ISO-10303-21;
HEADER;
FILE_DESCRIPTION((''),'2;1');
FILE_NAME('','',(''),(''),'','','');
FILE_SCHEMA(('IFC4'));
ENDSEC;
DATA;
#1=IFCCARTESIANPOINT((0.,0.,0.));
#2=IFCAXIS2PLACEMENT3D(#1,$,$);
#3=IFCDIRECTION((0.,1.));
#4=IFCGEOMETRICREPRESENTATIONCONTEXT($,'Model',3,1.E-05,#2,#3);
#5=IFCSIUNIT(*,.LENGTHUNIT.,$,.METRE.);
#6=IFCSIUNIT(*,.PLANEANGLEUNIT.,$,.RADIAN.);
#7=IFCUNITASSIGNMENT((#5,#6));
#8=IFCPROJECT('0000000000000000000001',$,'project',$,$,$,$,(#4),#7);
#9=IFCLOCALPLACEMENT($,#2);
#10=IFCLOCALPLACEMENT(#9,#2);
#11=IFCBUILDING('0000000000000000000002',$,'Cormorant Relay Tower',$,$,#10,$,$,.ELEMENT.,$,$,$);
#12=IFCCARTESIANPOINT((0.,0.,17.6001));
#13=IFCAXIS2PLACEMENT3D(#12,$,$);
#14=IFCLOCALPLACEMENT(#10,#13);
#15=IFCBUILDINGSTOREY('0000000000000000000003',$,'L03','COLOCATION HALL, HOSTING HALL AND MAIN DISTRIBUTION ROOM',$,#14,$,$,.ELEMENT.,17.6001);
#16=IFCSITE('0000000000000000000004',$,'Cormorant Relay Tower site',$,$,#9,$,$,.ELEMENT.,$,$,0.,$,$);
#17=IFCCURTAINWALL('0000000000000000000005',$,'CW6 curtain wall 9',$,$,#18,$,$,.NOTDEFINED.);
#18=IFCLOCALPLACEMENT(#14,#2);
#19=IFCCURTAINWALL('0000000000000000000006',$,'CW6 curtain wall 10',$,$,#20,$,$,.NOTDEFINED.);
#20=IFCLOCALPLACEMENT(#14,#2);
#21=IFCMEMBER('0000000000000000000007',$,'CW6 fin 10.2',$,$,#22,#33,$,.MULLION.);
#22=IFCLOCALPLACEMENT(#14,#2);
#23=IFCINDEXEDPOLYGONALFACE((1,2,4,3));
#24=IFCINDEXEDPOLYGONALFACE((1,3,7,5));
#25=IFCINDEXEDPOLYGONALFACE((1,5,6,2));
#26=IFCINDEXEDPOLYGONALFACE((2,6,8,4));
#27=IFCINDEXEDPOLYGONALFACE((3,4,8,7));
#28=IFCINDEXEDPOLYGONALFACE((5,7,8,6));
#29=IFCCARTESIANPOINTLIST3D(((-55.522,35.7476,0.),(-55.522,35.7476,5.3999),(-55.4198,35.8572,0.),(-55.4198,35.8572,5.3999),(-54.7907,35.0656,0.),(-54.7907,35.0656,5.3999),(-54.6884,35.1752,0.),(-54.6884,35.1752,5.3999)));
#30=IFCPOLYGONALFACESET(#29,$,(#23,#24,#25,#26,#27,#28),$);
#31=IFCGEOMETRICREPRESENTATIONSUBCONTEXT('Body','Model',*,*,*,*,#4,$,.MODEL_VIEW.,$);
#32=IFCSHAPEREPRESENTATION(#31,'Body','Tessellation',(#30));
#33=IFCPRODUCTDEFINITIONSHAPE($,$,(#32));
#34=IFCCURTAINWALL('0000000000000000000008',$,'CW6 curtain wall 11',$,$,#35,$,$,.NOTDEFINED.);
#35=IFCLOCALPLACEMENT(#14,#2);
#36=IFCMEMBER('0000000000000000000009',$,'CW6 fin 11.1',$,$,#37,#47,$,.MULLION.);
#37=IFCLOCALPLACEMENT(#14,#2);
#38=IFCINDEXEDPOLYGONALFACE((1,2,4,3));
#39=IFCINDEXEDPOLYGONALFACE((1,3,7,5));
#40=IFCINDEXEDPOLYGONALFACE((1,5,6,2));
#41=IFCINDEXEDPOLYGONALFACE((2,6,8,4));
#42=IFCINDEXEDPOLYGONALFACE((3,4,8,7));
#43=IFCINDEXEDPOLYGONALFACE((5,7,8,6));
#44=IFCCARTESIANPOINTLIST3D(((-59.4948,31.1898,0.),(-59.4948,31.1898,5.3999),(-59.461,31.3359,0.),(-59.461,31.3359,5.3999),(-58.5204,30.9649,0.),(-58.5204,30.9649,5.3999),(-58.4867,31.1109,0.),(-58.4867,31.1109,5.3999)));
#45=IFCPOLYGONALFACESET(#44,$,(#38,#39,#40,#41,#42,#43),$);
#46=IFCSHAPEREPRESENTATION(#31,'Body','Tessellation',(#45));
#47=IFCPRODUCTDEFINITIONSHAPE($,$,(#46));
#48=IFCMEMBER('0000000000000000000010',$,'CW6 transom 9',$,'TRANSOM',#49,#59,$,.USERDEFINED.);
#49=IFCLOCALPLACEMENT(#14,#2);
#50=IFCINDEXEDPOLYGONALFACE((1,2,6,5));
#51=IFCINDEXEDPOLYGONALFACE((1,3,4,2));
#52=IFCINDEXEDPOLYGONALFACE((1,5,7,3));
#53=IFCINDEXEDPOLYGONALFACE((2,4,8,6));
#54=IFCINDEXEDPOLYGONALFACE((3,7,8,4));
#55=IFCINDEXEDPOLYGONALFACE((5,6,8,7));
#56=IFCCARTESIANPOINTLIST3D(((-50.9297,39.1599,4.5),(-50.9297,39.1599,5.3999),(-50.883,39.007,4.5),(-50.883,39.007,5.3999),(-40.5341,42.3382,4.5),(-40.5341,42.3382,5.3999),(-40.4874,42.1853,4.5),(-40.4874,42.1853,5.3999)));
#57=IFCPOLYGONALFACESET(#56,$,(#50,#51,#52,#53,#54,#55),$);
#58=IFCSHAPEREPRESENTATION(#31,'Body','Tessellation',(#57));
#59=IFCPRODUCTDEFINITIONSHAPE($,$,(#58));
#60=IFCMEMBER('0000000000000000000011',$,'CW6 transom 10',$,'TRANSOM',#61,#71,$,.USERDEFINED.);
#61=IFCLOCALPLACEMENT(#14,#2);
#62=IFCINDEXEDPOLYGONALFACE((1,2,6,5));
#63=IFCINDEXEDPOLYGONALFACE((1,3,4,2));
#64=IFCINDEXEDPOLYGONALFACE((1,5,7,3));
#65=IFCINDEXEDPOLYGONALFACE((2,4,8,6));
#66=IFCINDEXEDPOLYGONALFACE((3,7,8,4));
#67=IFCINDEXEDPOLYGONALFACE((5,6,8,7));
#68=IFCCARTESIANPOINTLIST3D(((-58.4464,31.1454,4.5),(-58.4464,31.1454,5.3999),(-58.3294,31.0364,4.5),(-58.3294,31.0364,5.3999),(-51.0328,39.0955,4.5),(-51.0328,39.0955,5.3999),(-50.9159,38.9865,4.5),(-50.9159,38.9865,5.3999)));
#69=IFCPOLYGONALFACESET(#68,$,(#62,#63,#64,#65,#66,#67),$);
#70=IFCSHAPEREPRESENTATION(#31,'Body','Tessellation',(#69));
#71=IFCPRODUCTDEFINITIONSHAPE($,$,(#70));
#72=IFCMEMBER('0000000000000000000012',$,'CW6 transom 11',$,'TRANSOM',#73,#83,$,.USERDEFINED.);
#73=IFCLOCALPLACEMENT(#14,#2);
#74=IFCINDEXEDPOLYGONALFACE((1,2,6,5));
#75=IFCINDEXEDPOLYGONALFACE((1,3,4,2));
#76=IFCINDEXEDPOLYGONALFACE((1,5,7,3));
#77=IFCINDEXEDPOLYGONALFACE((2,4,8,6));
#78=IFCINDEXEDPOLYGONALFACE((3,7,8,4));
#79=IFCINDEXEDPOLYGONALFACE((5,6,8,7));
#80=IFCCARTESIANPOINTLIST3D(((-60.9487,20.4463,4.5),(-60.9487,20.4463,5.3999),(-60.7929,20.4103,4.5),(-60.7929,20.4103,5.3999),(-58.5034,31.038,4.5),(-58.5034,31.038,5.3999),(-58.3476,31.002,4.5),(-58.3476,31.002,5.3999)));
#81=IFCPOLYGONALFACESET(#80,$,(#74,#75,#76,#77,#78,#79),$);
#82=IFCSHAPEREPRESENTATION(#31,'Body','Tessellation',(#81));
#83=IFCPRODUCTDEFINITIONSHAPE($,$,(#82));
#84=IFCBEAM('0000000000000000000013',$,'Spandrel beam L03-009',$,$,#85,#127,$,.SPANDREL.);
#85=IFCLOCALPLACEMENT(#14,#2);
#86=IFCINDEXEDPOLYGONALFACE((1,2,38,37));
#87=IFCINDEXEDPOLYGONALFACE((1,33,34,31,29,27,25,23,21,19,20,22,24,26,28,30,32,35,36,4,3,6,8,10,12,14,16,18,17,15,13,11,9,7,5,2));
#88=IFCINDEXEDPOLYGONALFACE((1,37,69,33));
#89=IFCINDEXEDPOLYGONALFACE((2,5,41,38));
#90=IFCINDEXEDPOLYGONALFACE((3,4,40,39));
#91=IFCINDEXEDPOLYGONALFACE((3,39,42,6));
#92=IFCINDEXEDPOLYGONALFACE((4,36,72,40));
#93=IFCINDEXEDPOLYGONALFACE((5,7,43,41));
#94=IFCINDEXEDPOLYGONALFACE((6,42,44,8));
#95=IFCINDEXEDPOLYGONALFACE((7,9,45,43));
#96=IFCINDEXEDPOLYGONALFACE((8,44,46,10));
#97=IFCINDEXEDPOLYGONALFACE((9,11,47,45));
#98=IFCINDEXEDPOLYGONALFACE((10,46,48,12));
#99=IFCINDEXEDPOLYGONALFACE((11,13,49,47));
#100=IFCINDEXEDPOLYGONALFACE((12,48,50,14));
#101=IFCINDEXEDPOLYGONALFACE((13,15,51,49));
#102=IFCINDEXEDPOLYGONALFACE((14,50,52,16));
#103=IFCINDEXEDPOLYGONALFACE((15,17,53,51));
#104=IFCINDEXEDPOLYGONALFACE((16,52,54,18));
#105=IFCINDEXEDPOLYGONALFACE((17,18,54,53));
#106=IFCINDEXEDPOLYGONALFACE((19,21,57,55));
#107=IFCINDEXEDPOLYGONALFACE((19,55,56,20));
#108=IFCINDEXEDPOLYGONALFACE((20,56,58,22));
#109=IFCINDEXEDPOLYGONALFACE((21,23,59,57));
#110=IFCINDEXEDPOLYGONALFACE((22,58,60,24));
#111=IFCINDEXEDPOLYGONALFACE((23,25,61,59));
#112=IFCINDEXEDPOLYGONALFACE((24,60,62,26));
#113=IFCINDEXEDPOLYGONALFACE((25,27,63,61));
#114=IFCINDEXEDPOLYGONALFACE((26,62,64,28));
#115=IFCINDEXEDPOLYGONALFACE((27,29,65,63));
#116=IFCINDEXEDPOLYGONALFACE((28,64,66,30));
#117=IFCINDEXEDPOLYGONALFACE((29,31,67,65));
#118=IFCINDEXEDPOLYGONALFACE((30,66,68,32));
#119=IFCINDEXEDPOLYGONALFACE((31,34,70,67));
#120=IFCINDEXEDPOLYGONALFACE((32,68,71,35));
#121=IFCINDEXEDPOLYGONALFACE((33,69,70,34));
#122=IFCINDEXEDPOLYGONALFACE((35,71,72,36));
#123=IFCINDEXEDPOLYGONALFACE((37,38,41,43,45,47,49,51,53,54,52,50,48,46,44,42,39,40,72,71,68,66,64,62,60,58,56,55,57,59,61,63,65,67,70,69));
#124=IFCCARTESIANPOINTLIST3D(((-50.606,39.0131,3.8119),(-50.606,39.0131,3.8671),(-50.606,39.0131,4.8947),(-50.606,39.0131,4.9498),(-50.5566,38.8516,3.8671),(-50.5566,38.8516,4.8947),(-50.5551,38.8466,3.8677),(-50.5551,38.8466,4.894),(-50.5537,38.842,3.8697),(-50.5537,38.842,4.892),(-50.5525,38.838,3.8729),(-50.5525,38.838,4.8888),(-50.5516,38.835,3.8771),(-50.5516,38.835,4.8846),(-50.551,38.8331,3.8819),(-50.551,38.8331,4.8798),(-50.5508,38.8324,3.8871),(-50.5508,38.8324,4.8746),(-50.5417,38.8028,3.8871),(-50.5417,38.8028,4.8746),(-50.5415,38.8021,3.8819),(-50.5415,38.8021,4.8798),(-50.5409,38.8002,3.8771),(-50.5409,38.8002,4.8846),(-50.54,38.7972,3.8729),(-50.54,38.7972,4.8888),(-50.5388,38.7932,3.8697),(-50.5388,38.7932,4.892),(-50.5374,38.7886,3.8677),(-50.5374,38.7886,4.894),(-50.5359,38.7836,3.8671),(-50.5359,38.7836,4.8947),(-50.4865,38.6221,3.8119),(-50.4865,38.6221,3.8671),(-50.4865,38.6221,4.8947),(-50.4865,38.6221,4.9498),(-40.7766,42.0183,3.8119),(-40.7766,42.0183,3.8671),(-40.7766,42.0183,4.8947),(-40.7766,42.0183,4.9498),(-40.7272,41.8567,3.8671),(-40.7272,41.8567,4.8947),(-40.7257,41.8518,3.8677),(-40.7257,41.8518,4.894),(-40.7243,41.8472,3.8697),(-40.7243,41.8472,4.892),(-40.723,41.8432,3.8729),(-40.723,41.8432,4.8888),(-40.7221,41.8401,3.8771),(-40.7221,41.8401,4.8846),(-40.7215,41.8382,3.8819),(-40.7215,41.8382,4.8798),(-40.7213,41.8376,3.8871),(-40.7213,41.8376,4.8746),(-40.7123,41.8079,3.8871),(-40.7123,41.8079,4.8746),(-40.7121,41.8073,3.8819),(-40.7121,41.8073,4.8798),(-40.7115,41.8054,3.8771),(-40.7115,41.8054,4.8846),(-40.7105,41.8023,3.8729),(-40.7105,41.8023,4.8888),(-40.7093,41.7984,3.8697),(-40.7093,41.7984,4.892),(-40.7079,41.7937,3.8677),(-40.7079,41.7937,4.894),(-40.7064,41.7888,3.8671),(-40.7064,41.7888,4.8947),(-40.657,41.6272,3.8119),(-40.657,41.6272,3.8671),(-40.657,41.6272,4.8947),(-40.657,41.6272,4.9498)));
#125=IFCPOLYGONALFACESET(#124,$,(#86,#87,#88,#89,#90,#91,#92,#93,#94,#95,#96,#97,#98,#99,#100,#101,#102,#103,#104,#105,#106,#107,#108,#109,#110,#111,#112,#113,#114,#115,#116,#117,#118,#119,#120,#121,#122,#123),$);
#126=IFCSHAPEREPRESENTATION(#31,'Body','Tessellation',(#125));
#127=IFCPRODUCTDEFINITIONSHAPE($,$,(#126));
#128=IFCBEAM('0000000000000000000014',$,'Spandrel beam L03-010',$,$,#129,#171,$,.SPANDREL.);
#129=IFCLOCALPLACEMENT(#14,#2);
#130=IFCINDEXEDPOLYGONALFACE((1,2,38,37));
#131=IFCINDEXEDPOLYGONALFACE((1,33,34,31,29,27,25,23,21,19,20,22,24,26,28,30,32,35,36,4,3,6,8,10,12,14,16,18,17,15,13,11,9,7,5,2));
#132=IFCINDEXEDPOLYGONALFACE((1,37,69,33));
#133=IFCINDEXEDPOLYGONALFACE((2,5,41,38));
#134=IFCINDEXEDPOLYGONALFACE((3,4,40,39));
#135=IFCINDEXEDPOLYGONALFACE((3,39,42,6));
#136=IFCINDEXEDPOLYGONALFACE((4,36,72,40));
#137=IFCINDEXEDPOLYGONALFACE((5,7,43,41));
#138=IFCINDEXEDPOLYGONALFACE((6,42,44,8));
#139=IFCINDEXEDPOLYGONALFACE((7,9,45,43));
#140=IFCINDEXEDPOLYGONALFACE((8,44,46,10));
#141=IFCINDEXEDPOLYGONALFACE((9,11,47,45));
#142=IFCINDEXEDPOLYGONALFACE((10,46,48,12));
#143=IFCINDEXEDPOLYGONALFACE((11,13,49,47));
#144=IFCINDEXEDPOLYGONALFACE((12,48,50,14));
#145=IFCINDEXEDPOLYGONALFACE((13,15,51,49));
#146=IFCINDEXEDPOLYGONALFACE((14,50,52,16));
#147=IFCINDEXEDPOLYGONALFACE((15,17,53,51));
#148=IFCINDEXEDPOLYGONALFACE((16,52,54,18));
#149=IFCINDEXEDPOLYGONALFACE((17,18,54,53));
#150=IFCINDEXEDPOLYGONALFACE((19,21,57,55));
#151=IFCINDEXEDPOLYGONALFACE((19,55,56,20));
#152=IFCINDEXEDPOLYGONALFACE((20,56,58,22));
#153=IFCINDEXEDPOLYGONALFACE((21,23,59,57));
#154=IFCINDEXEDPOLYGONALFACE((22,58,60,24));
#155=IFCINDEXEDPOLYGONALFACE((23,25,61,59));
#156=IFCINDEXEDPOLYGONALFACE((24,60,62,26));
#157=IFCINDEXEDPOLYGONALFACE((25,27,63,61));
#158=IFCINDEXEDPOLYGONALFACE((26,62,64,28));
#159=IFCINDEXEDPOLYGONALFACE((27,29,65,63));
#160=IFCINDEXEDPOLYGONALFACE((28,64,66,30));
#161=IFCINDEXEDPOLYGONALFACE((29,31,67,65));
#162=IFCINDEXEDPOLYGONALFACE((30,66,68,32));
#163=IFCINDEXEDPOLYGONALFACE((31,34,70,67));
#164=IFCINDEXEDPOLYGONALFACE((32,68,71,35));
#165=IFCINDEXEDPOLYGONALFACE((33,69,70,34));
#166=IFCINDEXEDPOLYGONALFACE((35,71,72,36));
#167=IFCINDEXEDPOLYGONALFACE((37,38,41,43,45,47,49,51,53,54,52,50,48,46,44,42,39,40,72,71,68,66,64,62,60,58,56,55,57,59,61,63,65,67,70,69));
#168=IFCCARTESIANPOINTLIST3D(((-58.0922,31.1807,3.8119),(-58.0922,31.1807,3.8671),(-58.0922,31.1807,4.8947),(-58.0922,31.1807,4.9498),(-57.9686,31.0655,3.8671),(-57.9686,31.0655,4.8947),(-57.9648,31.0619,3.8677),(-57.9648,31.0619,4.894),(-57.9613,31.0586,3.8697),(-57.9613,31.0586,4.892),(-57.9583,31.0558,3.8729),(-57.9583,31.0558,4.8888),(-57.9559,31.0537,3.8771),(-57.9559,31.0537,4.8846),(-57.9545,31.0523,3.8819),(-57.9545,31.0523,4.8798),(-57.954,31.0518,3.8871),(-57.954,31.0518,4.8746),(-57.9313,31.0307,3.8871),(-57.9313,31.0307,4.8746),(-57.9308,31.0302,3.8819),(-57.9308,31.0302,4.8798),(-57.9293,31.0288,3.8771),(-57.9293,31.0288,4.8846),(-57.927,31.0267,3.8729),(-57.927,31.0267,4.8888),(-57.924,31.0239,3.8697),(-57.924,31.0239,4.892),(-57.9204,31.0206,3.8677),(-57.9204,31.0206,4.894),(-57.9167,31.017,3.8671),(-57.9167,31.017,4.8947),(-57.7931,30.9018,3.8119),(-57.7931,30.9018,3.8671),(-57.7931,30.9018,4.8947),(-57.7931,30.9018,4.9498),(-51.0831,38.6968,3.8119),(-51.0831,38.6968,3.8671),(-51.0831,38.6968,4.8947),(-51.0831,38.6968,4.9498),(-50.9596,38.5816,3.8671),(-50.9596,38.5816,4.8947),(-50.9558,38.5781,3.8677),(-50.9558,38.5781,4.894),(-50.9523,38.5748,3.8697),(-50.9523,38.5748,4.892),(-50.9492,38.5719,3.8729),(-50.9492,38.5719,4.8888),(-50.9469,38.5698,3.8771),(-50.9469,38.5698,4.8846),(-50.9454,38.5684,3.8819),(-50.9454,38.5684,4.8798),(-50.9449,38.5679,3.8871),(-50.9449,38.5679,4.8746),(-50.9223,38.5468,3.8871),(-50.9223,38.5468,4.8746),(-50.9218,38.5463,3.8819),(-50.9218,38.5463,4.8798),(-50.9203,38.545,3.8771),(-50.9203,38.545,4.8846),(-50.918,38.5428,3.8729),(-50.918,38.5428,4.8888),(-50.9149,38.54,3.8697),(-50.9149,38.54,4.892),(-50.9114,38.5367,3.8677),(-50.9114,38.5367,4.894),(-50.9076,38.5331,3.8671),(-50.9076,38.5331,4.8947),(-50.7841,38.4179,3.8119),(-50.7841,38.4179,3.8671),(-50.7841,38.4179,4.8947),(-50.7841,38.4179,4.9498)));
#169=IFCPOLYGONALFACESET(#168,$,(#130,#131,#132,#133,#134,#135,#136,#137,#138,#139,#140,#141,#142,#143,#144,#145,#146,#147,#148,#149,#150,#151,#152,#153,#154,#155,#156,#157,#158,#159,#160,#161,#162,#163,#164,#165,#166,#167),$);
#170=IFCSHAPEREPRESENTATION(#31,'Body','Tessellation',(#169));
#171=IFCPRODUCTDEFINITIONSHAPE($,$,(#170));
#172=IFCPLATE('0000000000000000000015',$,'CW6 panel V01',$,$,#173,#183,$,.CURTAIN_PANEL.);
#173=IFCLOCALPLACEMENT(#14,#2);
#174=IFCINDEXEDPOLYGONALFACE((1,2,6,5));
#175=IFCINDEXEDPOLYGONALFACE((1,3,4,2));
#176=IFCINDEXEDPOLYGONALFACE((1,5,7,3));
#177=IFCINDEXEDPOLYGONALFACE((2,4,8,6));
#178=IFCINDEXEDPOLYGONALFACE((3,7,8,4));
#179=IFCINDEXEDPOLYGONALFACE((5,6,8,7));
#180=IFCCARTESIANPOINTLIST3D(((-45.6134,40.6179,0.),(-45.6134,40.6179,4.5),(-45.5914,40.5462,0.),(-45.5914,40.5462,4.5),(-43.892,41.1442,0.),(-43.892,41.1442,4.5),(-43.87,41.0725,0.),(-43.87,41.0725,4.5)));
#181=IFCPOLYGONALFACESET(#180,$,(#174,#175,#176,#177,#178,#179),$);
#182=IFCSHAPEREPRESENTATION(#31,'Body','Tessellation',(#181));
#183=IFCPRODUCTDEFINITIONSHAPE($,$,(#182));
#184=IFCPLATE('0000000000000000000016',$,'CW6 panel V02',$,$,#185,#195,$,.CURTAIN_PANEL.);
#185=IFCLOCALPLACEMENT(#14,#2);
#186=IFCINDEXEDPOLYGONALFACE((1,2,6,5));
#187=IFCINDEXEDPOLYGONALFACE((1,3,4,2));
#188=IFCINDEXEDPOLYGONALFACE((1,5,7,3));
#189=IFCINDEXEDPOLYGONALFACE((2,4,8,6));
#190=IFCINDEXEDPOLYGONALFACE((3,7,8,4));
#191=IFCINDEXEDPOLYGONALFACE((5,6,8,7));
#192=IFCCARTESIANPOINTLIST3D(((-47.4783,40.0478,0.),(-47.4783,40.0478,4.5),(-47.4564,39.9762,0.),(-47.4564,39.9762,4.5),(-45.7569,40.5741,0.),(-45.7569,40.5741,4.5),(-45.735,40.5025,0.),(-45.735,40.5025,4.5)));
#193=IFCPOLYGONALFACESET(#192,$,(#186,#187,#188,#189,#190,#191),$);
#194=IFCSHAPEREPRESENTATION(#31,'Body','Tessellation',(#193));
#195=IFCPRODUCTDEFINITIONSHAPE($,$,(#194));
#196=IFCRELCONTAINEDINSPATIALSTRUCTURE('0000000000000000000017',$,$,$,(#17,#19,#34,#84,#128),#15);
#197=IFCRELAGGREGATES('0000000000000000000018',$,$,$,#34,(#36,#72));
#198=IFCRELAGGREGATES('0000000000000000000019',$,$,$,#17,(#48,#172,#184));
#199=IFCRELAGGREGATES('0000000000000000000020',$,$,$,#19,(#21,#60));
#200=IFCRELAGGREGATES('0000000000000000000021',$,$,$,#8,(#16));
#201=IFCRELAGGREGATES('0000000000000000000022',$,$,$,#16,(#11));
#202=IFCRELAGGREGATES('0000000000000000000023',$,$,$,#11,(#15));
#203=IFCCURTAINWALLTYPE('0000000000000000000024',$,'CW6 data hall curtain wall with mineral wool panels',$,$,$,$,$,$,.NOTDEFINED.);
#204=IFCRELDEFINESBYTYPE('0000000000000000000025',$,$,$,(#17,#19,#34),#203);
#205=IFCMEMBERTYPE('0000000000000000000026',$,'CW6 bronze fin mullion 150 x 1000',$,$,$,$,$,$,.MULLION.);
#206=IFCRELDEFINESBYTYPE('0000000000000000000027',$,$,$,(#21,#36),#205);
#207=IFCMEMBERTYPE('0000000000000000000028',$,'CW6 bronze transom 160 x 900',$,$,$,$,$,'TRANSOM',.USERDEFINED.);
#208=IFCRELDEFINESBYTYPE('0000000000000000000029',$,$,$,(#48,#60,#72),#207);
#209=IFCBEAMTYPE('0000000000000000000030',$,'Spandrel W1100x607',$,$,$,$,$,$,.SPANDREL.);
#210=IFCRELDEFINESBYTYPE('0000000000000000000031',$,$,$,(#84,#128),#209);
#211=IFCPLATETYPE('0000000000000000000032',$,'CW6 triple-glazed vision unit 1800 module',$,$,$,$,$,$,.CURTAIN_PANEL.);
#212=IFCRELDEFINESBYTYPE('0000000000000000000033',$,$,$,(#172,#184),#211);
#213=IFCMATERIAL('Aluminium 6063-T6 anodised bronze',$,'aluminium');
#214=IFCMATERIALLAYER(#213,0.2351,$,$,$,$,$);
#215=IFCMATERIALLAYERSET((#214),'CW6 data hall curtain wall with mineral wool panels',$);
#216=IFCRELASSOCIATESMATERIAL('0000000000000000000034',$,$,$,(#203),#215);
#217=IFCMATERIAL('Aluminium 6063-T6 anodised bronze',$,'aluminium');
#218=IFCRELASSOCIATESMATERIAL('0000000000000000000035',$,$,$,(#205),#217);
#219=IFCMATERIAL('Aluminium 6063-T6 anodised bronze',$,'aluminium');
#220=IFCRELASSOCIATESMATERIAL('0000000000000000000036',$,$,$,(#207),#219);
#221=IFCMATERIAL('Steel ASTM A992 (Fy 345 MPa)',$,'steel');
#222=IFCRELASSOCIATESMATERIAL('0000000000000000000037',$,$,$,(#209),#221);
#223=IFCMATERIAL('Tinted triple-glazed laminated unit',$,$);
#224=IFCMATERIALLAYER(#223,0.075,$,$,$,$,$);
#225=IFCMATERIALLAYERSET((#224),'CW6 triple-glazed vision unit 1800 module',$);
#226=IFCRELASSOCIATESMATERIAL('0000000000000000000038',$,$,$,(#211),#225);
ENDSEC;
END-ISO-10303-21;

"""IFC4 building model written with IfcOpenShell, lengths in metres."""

from ifc_helpers import new_model, si_unit, direction, frame, origin, origin_2d, place, context, subcontext, project, spatial, rectangle, i_section, extrude, material, layer, layer_set, material_profile, profile_set, type_object, element, aggregate, save


model = new_model("IFC4")

# Units and contexts
model_context = context("Model", 3, precision=1e-05, world=origin(), true_north=direction((0.0, 1.0)))
body_context = subcontext(model_context, "Body", "Model", "MODEL_VIEW")
ifc_project = project(units=[si_unit("LENGTHUNIT", "METRE"), si_unit("PLANEANGLEUNIT", "RADIAN")], contexts=[model_context])

# Site, building, storey
site_placement = place(None, origin())
site = spatial("IfcSite", under=ifc_project, at=site_placement, Name="Cormorant Relay Tower site", CompositionType="ELEMENT", RefElevation=0.0)
building_placement = place(site_placement, origin())
building = spatial("IfcBuilding", under=site, at=building_placement, Name="Cormorant Relay Tower", CompositionType="ELEMENT")
storey_placement = place(building_placement, frame((0.0, 0.0, 17.6001)))
storey = spatial("IfcBuildingStorey", under=building, at=storey_placement, Name="L03", Description="COLOCATION HALL, HOSTING HALL AND MAIN DISTRIBUTION ROOM", CompositionType="ELEMENT", Elevation=17.6001)

# Shared definitions
ifc_material_1 = material(Name="Aluminium 6063-T6 anodised bronze", Category="aluminium")
ifc_layer_1 = layer(ifc_material_1, 0.2351)
ifc_layer_set_1 = layer_set([ifc_layer_1], Name="CW6 data hall curtain wall with mineral wool panels")
curtain_wall_type = type_object("IfcCurtainWallType", Name="CW6 data hall curtain wall with mineral wool panels", PredefinedType="NOTDEFINED", material=ifc_layer_set_1)
ifc_material_2 = material(Name="Aluminium 6063-T6 anodised bronze", Category="aluminium")
ifc_material_profile_1 = material_profile(ifc_material_2, rectangle(XDim=0.1499, YDim=1.0, at=origin_2d()), Name="AL 150x1000")
ifc_profile_set_1 = profile_set([ifc_material_profile_1], Name="Aluminium 6063-T6 anodised bronze")
member_type_1 = type_object("IfcMemberType", Name="CW6 bronze fin mullion 150 x 1000", PredefinedType="MULLION", material=ifc_profile_set_1)

# Curtain walls, member
curtain_wall_1_placement = place(storey_placement, origin())
curtain_wall_1 = element("IfcCurtainWall", 1, at=curtain_wall_1_placement, inside=storey, type_object=curtain_wall_type, Name="CW6 curtain wall 9", PredefinedType="NOTDEFINED")
curtain_wall_2_placement = place(storey_placement, origin())
curtain_wall_2 = element("IfcCurtainWall", 2, at=curtain_wall_2_placement, inside=storey, type_object=curtain_wall_type, Name="CW6 curtain wall 10", PredefinedType="NOTDEFINED")
member_1_placement = place(storey_placement, frame((-55.1052, 35.4614, 0.0), z_axis=(0.0, 0.0, 1.0), x_axis=(-0.681998, -0.731354, 0.0)))
member_1 = element("IfcMember", 3, at=member_1_placement, type_object=member_type_1, Name="CW6 fin 10.2", PredefinedType="MULLION", context=body_context, shape_type="SweptSolid", body=[
    extrude(rectangle(XDim=0.1499, YDim=1.0, at=origin_2d()), origin(), (0.0, 0.0, 1.0), 5.3999),
])

# Curtain wall, member
curtain_wall_3_placement = place(storey_placement, origin())
curtain_wall_3 = element("IfcCurtainWall", 4, at=curtain_wall_3_placement, inside=storey, type_object=curtain_wall_type, Name="CW6 curtain wall 11", PredefinedType="NOTDEFINED")
member_2_placement = place(storey_placement, frame((-58.9907, 31.1504, 0.0), z_axis=(0.0, 0.0, 1.0), x_axis=(-0.224951, -0.97437, 0.0)))
member_2 = element("IfcMember", 5, at=member_2_placement, type_object=member_type_1, Name="CW6 fin 11.1", PredefinedType="MULLION", context=body_context, shape_type="SweptSolid", body=[
    extrude(rectangle(XDim=0.1499, YDim=1.0, at=origin_2d()), origin(), (0.0, 0.0, 1.0), 5.3999),
])

# Members
ifc_material_3 = material(Name="Aluminium 6063-T6 anodised bronze", Category="aluminium")
ifc_material_profile_2 = material_profile(ifc_material_3, rectangle(XDim=0.1599, YDim=0.8999, at=origin_2d()), Name="AL 160x900")
ifc_profile_set_2 = profile_set([ifc_material_profile_2], Name="Aluminium 6063-T6 anodised bronze")
member_type_2 = type_object("IfcMemberType", Name="CW6 bronze transom 160 x 900", ElementType="TRANSOM", PredefinedType="USERDEFINED", material=ifc_profile_set_2)
member_3_placement = place(storey_placement, frame((-40.5107, 42.2617, 4.95), z_axis=(-0.956305, -0.292371, 0.0), x_axis=(0.292371, -0.956305, 0.0)))
member_3 = element("IfcMember", 6, at=member_3_placement, type_object=member_type_2, Name="CW6 transom 9", ObjectType="TRANSOM", PredefinedType="USERDEFINED", context=body_context, shape_type="SweptSolid", body=[
    extrude(rectangle(XDim=0.1599, YDim=0.8999, at=origin_2d()), origin(), (0.0, 0.0, 1.0), 10.8706),
])
member_4_placement = place(storey_placement, frame((-50.9744, 39.041, 4.95), z_axis=(-0.681993, -0.731358, 0.0), x_axis=(0.731358, -0.681993, 0.0)))
member_4 = element("IfcMember", 7, at=member_4_placement, type_object=member_type_2, Name="CW6 transom 10", ObjectType="TRANSOM", PredefinedType="USERDEFINED", context=body_context, shape_type="SweptSolid", body=[
    extrude(rectangle(XDim=0.1599, YDim=0.8999, at=origin_2d()), origin(), (0.0, 0.0, 1.0), 10.8704),
])
member_5_placement = place(storey_placement, frame((-58.4255, 31.02, 4.95), z_axis=(-0.224951, -0.97437, 0.0), x_axis=(0.97437, -0.224951, 0.0)))
member_5 = element("IfcMember", 8, at=member_5_placement, type_object=member_type_2, Name="CW6 transom 11", ObjectType="TRANSOM", PredefinedType="USERDEFINED", context=body_context, shape_type="SweptSolid", body=[
    extrude(rectangle(XDim=0.1599, YDim=0.8999, at=origin_2d()), origin(), (0.0, 0.0, 1.0), 10.8704),
])
aggregate(curtain_wall_3, [member_2, member_5])

# Beams
ifc_material_4 = material(Name="Steel ASTM A992 (Fy 345 MPa)", Category="steel")
ifc_material_profile_3 = material_profile(ifc_material_4, i_section(OverallWidth=0.4089, OverallDepth=1.1379, WebThickness=0.031, FlangeThickness=0.0552, FilletRadius=0.02, at=origin_2d()), Name="W1100x607")
ifc_profile_set_3 = profile_set([ifc_material_profile_3], Name="Steel ASTM A992 (Fy 345 MPa)")
beam_type = type_object("IfcBeamType", Name="Spandrel W1100x607", PredefinedType="SPANDREL", material=ifc_profile_set_3)
beam_1_placement = place(storey_placement, frame((-40.7168, 41.8228, 4.3809), z_axis=(-0.956305, -0.292371, 0.0), x_axis=(0.292371, -0.956305, 0.0)))
element("IfcBeam", 9, at=beam_1_placement, inside=storey, type_object=beam_type, Name="Spandrel beam L03-009", PredefinedType="SPANDREL", context=body_context, shape_type="SweptSolid", body=[
    extrude(i_section(OverallWidth=0.4089, OverallDepth=1.1379, WebThickness=0.031, FlangeThickness=0.0552, FilletRadius=0.02, at=origin_2d()), origin(), (0.0, 0.0, 1.0), 10.2786),
])
beam_2_placement = place(storey_placement, frame((-50.9336, 38.5574, 4.3809), z_axis=(-0.682006, -0.731347, 0.0), x_axis=(0.731347, -0.682006, 0.0)))
element("IfcBeam", 10, at=beam_2_placement, inside=storey, type_object=beam_type, Name="Spandrel beam L03-010", PredefinedType="SPANDREL", context=body_context, shape_type="SweptSolid", body=[
    extrude(i_section(OverallWidth=0.4089, OverallDepth=1.1379, WebThickness=0.031, FlangeThickness=0.0552, FilletRadius=0.02, at=origin_2d()), origin(), (0.0, 0.0, 1.0), 10.2771),
])

# Plates
ifc_material_5 = material(Name="Tinted triple-glazed laminated unit")
ifc_layer_2 = layer(ifc_material_5, 0.075)
ifc_layer_set_2 = layer_set([ifc_layer_2], Name="CW6 triple-glazed vision unit 1800 module")
plate_type = type_object("IfcPlateType", Name="CW6 triple-glazed vision unit 1800 module", PredefinedType="CURTAIN_PANEL", material=ifc_layer_set_2)
plate_1_placement = place(storey_placement, frame((-44.7417, 40.8452, 0.0), z_axis=(0.0, 0.0, 1.0), x_axis=(-0.956305, -0.292372, 0.0)))
plate_1 = element("IfcPlate", 11, at=plate_1_placement, type_object=plate_type, Name="CW6 panel V01", PredefinedType="CURTAIN_PANEL", context=body_context, shape_type="SweptSolid", body=[
    extrude(rectangle(XDim=1.8, YDim=0.075, at=origin_2d()), origin(), (0.0, 0.0, 1.0), 4.5),
])
plate_2_placement = place(storey_placement, frame((-46.6067, 40.2751, 0.0), z_axis=(0.0, 0.0, 1.0), x_axis=(-0.956305, -0.292372, 0.0)))
plate_2 = element("IfcPlate", 12, at=plate_2_placement, type_object=plate_type, Name="CW6 panel V02", PredefinedType="CURTAIN_PANEL", context=body_context, shape_type="SweptSolid", body=[
    extrude(rectangle(XDim=1.8, YDim=0.075, at=origin_2d()), origin(), (0.0, 0.0, 1.0), 4.5),
])

aggregate(curtain_wall_1, [member_3, plate_1, plate_2])
aggregate(curtain_wall_2, [member_1, member_4])

save(model, "model.ifc")
